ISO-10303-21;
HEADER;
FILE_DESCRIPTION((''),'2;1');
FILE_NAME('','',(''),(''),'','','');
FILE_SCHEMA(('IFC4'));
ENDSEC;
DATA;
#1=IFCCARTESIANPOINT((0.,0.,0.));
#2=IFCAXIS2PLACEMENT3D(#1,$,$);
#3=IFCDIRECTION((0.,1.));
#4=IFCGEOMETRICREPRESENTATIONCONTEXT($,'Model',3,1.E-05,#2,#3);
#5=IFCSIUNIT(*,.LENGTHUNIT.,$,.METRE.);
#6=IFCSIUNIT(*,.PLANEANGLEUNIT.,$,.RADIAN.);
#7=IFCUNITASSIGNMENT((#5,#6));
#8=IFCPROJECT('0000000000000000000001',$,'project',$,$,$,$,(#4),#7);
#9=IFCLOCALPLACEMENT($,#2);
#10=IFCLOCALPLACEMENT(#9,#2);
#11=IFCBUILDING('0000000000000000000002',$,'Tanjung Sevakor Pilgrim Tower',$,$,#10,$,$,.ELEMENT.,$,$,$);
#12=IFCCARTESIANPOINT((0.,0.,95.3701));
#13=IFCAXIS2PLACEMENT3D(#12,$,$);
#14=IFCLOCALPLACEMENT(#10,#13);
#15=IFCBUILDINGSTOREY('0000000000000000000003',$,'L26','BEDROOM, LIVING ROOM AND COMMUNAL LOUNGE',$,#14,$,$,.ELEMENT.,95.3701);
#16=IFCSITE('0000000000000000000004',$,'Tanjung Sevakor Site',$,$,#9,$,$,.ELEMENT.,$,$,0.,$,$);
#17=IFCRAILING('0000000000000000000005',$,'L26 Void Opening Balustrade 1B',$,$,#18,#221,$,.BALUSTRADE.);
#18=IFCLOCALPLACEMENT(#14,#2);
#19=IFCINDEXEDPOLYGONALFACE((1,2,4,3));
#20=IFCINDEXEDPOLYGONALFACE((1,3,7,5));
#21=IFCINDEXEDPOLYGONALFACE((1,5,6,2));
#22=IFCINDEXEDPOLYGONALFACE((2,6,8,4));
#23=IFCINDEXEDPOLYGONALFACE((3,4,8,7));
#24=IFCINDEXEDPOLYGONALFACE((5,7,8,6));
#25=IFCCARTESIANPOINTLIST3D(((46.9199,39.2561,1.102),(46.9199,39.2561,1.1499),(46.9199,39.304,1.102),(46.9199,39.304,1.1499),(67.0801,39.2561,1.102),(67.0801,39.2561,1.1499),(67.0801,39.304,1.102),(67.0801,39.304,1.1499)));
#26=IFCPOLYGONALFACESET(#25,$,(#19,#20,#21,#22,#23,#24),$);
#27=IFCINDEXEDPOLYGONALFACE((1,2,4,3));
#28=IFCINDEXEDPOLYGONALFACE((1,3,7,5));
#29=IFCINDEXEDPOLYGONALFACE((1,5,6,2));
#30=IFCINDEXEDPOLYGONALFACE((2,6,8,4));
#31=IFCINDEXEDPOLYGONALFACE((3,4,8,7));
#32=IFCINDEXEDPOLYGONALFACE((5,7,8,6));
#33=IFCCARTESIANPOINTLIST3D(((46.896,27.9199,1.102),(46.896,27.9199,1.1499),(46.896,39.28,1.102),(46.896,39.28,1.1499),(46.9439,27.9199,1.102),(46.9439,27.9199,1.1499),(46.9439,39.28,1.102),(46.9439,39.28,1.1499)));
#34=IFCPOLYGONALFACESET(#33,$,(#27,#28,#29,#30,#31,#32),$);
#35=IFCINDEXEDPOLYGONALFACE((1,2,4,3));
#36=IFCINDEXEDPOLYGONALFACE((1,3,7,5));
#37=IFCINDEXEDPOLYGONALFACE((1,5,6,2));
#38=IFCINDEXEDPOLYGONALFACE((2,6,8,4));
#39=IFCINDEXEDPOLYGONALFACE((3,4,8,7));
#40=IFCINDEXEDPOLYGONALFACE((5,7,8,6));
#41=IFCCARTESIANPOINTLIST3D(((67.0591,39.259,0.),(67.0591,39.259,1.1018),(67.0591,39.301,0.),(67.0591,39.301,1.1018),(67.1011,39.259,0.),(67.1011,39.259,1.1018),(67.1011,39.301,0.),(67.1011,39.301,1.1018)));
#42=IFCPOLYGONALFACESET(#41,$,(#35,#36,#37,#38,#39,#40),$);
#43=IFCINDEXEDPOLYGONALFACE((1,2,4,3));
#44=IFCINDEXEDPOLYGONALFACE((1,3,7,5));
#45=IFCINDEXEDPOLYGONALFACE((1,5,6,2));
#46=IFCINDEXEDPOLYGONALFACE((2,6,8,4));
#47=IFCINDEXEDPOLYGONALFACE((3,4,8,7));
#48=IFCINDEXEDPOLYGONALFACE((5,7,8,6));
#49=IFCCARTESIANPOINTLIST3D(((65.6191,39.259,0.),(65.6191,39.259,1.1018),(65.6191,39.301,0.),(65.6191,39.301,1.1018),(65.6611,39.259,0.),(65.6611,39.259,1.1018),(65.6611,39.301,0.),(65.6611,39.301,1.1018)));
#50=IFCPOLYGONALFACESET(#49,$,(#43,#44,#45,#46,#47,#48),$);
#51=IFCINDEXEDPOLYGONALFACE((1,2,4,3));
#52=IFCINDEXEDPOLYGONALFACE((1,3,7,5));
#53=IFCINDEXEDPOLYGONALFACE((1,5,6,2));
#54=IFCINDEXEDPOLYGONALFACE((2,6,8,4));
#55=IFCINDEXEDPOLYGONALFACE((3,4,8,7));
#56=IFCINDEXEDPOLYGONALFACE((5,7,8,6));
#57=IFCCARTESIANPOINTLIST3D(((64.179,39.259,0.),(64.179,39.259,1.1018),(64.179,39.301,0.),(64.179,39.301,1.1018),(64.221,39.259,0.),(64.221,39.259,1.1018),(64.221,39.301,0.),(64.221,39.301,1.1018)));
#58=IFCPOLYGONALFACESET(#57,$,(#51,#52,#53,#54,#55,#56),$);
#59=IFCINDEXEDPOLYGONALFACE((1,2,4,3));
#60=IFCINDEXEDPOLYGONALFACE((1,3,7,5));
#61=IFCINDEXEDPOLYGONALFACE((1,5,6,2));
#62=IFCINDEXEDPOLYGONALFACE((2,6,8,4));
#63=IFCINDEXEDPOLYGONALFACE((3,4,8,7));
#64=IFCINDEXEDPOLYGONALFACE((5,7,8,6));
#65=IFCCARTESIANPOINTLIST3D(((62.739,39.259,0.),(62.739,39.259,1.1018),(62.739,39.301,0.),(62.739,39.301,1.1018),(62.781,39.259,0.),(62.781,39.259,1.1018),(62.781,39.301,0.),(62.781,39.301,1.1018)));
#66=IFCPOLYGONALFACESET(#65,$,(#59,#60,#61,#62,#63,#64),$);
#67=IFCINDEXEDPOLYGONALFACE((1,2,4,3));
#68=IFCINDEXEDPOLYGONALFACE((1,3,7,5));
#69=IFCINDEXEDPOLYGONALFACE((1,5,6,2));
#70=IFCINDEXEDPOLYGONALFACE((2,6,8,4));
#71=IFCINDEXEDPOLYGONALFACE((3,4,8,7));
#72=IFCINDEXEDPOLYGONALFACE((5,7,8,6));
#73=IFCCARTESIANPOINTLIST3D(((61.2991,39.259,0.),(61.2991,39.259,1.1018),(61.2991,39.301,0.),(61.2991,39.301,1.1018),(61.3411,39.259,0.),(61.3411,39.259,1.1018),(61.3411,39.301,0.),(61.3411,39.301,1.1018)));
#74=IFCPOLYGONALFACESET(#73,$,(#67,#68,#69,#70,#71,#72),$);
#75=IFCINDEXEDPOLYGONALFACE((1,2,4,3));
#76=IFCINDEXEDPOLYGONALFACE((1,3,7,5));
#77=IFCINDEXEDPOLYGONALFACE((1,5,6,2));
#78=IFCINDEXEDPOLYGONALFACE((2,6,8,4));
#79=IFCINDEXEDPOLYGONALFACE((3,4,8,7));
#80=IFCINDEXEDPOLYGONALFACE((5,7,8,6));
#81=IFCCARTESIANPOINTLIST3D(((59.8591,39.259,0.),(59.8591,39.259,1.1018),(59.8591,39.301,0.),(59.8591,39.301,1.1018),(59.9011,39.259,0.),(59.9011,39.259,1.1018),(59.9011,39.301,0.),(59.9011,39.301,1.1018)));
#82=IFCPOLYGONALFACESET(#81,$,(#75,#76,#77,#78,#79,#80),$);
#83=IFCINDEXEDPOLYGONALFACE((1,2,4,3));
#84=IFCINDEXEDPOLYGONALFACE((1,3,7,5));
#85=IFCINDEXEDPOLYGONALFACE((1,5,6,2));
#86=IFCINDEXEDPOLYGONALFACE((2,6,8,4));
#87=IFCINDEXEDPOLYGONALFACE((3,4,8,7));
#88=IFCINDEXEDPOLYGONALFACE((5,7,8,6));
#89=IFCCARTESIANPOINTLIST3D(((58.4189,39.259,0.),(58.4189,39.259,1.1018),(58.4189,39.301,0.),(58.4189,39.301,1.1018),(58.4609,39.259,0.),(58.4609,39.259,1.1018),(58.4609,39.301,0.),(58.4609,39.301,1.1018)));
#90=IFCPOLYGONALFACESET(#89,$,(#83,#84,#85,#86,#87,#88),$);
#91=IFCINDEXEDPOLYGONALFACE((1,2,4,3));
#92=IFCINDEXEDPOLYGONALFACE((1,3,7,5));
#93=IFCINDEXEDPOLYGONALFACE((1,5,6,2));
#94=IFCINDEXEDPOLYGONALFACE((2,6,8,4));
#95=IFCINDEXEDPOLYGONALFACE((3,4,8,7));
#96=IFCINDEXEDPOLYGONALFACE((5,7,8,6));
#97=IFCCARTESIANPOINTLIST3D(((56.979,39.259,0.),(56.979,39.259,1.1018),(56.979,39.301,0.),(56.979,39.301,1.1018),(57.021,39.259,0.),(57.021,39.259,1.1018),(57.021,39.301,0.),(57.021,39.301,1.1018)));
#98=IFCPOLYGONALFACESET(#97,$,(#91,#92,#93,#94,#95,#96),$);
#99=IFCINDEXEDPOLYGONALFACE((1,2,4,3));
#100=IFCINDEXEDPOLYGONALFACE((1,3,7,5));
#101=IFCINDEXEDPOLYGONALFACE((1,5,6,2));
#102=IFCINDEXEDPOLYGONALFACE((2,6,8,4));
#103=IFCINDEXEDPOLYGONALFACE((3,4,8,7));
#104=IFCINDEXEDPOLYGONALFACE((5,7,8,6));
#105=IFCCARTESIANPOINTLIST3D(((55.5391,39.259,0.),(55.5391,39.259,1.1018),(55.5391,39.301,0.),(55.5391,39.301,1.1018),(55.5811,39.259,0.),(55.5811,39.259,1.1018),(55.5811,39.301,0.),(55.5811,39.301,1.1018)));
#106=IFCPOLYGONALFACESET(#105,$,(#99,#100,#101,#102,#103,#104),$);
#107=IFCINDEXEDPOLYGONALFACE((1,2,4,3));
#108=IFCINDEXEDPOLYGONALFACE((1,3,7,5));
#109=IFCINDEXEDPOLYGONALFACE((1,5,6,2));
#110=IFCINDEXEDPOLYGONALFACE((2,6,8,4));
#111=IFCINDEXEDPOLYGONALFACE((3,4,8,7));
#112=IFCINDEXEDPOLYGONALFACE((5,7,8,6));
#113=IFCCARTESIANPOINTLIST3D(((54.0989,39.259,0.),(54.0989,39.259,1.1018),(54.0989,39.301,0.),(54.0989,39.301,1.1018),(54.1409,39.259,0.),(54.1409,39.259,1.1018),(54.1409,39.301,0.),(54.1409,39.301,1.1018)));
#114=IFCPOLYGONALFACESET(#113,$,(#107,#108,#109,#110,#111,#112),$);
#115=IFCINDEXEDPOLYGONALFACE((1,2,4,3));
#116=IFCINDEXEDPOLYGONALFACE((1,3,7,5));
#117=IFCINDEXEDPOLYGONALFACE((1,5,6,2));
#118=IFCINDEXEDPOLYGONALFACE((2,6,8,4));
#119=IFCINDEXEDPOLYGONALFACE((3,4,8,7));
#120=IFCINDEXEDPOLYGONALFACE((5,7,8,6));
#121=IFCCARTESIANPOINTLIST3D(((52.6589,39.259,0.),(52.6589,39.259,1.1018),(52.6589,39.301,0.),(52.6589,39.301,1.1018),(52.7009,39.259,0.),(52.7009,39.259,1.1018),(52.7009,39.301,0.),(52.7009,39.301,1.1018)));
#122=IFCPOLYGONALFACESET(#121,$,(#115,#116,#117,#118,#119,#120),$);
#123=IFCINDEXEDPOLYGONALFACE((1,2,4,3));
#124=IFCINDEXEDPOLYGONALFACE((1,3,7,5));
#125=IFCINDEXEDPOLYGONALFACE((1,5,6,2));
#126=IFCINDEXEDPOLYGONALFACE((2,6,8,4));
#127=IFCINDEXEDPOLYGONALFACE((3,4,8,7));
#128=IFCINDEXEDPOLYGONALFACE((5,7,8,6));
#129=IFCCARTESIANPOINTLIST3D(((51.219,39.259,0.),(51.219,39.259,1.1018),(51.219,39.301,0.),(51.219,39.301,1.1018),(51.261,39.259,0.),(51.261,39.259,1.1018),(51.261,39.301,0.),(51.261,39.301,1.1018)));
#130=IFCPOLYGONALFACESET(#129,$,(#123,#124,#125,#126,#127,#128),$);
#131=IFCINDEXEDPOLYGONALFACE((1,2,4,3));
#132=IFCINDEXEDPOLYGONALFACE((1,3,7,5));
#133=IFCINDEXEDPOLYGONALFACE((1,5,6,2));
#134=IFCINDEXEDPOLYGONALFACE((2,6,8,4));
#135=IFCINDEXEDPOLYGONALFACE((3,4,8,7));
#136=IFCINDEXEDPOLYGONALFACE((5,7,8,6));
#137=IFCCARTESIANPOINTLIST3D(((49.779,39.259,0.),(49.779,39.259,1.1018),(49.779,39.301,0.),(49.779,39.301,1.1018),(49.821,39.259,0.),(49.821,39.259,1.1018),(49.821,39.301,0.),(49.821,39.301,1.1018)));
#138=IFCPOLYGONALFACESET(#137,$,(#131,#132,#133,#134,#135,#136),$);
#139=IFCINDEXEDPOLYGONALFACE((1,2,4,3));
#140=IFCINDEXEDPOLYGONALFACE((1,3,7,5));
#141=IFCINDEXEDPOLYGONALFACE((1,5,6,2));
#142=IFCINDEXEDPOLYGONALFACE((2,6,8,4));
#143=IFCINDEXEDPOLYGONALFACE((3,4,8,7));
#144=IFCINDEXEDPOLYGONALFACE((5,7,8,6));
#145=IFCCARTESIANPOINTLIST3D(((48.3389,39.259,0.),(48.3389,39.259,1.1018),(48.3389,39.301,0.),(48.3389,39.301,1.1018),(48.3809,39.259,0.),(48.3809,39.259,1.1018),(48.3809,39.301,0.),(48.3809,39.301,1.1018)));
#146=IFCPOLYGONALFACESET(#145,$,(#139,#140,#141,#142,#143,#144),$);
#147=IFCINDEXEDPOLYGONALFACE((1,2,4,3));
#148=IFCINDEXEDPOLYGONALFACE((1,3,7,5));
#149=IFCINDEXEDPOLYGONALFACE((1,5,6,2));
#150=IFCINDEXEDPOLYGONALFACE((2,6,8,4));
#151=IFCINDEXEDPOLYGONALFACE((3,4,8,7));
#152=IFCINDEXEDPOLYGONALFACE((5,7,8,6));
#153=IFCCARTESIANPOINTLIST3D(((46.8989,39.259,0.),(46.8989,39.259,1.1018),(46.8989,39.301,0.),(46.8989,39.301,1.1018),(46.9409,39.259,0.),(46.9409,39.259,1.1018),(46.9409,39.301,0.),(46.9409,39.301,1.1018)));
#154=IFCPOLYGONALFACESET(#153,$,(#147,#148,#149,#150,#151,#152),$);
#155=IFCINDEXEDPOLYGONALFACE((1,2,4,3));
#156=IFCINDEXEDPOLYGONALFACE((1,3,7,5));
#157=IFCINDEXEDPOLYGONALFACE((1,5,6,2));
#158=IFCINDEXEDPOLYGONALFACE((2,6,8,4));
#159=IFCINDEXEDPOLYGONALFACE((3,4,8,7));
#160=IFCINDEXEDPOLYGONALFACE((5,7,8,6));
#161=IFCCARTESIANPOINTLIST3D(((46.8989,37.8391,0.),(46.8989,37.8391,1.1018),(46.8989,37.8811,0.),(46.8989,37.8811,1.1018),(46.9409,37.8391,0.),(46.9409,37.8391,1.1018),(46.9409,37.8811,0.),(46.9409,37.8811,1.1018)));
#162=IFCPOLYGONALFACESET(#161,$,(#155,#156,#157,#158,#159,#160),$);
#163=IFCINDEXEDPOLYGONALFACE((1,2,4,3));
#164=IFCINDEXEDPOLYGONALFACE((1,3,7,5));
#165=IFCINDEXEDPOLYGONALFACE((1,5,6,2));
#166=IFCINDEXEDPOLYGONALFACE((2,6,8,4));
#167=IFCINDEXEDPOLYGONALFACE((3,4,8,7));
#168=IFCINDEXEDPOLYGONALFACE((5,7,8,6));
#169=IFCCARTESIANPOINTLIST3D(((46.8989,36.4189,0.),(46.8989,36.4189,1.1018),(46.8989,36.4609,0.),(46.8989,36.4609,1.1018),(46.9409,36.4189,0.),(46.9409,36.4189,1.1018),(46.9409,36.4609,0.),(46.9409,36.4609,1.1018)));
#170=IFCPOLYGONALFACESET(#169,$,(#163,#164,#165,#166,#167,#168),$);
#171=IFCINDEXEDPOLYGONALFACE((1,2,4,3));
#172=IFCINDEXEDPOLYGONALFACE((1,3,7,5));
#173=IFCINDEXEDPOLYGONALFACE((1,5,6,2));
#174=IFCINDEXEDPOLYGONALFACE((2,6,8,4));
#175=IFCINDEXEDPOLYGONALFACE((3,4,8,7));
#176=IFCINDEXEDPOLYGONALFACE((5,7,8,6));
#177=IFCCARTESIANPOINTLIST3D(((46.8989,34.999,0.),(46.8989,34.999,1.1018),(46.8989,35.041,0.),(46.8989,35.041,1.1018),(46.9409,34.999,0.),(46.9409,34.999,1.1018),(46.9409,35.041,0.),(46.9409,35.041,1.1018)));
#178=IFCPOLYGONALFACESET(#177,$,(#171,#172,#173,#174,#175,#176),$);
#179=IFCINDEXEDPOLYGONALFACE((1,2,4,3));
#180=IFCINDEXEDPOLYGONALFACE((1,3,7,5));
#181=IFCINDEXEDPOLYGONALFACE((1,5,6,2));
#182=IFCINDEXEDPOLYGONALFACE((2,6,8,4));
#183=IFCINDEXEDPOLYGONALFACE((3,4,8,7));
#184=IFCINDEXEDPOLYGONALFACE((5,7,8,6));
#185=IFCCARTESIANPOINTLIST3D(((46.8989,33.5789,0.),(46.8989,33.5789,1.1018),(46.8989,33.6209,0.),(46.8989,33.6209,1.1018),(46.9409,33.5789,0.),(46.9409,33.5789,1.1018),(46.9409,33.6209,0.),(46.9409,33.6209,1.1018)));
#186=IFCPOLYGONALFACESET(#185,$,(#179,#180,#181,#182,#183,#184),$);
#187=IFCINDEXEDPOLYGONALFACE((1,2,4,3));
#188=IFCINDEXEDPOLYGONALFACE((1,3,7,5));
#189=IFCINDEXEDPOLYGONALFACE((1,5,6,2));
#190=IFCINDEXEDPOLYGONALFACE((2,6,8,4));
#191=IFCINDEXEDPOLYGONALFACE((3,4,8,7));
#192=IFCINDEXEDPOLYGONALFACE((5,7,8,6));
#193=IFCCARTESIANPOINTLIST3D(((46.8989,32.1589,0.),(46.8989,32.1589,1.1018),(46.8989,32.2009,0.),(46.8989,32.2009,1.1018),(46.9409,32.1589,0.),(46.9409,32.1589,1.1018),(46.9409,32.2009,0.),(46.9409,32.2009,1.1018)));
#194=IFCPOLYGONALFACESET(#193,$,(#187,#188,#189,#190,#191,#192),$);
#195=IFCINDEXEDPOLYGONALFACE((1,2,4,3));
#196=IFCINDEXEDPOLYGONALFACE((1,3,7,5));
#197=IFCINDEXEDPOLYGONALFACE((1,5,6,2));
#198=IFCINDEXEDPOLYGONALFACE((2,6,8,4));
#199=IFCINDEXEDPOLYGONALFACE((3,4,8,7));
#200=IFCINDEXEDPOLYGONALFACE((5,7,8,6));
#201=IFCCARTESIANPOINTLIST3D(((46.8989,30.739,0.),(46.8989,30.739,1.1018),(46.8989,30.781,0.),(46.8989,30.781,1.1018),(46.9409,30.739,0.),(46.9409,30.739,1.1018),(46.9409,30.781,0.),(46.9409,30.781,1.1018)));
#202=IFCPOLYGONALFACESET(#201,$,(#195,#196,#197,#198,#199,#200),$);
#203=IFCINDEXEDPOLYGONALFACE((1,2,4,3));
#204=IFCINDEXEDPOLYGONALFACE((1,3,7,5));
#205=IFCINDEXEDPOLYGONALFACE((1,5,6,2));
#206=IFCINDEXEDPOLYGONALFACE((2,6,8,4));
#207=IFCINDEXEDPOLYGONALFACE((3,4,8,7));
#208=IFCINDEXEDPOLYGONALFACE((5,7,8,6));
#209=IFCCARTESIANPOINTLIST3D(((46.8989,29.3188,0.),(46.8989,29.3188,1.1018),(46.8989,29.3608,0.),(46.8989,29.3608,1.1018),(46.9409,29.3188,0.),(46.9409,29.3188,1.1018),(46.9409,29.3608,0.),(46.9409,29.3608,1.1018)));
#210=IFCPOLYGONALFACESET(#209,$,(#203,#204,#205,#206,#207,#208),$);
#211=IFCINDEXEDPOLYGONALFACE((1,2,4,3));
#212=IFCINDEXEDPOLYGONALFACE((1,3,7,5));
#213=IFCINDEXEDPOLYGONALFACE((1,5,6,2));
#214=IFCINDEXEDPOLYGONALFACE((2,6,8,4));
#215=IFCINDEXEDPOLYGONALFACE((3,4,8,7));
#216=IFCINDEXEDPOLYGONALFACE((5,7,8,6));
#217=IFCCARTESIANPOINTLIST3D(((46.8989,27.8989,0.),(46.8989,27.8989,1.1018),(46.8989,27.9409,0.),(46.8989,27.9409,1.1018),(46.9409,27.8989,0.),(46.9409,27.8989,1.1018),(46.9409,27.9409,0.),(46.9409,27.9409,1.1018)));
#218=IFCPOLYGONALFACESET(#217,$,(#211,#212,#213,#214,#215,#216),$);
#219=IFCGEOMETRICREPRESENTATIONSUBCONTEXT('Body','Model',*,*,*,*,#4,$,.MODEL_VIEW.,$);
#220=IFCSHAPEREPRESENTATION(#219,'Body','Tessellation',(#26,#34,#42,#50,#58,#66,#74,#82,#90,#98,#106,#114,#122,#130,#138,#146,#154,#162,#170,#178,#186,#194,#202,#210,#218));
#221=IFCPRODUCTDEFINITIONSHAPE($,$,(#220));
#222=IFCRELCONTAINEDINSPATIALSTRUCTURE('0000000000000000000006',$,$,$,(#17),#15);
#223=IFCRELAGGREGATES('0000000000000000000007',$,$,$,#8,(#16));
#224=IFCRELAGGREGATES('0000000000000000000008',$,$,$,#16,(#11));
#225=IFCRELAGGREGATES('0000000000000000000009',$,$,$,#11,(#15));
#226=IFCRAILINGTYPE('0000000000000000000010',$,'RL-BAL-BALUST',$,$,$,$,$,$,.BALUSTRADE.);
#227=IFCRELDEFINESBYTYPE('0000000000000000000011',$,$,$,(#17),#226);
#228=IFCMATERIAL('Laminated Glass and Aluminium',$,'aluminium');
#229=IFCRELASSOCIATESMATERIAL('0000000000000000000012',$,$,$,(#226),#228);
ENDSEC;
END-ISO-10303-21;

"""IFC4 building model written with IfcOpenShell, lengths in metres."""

from ifc_helpers import new_model, si_unit, direction, frame, origin, place, context, subcontext, project, spatial, rectangle, extrude, material, type_object, element, save


model = new_model("IFC4")

# Units and contexts
model_context = context("Model", 3, precision=1e-05, world=origin(), true_north=direction((0.0, 1.0)))
body_context = subcontext(model_context, "Body", "Model", "MODEL_VIEW")
ifc_project = project(units=[si_unit("LENGTHUNIT", "METRE"), si_unit("PLANEANGLEUNIT", "RADIAN")], contexts=[model_context])

# Site, building, storey
site_placement = place(None, origin())
site = spatial("IfcSite", under=ifc_project, at=site_placement, Name="Tanjung Sevakor Site", CompositionType="ELEMENT", RefElevation=0.0)
building_placement = place(site_placement, origin())
building = spatial("IfcBuilding", under=site, at=building_placement, Name="Tanjung Sevakor Pilgrim Tower", CompositionType="ELEMENT")
storey_placement = place(building_placement, frame((0.0, 0.0, 95.3701)))
storey = spatial("IfcBuildingStorey", under=building, at=storey_placement, Name="L26", Description="BEDROOM, LIVING ROOM AND COMMUNAL LOUNGE", CompositionType="ELEMENT", Elevation=95.3701)

# Railing
ifc_material_1 = material(Name="Laminated Glass and Aluminium", Category="aluminium")
railing_type_1 = type_object("IfcRailingType", Name="RL-BAL-BALUST", PredefinedType="BALUSTRADE", material=ifc_material_1)
railing_1_placement = place(storey_placement, frame((67.0801, 39.28, 0.0)))
element("IfcRailing", 1, at=railing_1_placement, inside=storey, type_object=railing_type_1, Name="L26 Void Opening Balustrade 1B", PredefinedType="BALUSTRADE", context=body_context, shape_type="SweptSolid", body=[
    extrude(rectangle(XDim=0.0479, YDim=0.0479), frame((0.0, 0.0, 1.126), z_axis=(-1.0, 0.0, 0.0), x_axis=(0.0, -1.0, 0.0)), (0.0, 0.0, 1.0), 20.1602),
    extrude(rectangle(XDim=0.0479, YDim=0.0479), frame((-20.1602, 0.0, 1.126), z_axis=(0.0, -1.0, 0.0), x_axis=(1.0, 0.0, 0.0)), (0.0, 0.0, 1.0), 11.3601),
    extrude(rectangle(XDim=0.042, YDim=0.042), origin(), (0.0, 0.0, 1.0), 1.1018),
    extrude(rectangle(XDim=0.042, YDim=0.042), frame((-1.4399, 0.0, 0.0)), (0.0, 0.0, 1.0), 1.1018),
    extrude(rectangle(XDim=0.042, YDim=0.042), frame((-2.8801, 0.0, 0.0)), (0.0, 0.0, 1.0), 1.1018),
    extrude(rectangle(XDim=0.042, YDim=0.042), frame((-4.3201, 0.0, 0.0)), (0.0, 0.0, 1.0), 1.1018),
    extrude(rectangle(XDim=0.042, YDim=0.042), frame((-5.76, 0.0, 0.0)), (0.0, 0.0, 1.0), 1.1018),
    extrude(rectangle(XDim=0.042, YDim=0.042), frame((-7.2, 0.0, 0.0)), (0.0, 0.0, 1.0), 1.1018),
    extrude(rectangle(XDim=0.042, YDim=0.042), frame((-8.6401, 0.0, 0.0)), (0.0, 0.0, 1.0), 1.1018),
    extrude(rectangle(XDim=0.042, YDim=0.042), frame((-10.0801, 0.0, 0.0)), (0.0, 0.0, 1.0), 1.1018),
    extrude(rectangle(XDim=0.042, YDim=0.042), frame((-11.52, 0.0, 0.0)), (0.0, 0.0, 1.0), 1.1018),
    extrude(rectangle(XDim=0.042, YDim=0.042), frame((-12.9602, 0.0, 0.0)), (0.0, 0.0, 1.0), 1.1018),
    extrude(rectangle(XDim=0.042, YDim=0.042), frame((-14.4001, 0.0, 0.0)), (0.0, 0.0, 1.0), 1.1018),
    extrude(rectangle(XDim=0.042, YDim=0.042), frame((-15.8401, 0.0, 0.0)), (0.0, 0.0, 1.0), 1.1018),
    extrude(rectangle(XDim=0.042, YDim=0.042), frame((-17.28, 0.0, 0.0)), (0.0, 0.0, 1.0), 1.1018),
    extrude(rectangle(XDim=0.042, YDim=0.042), frame((-18.7202, 0.0, 0.0)), (0.0, 0.0, 1.0), 1.1018),
    extrude(rectangle(XDim=0.042, YDim=0.042), frame((-20.1602, 0.0, 0.0)), (0.0, 0.0, 1.0), 1.1018),
    extrude(rectangle(XDim=0.042, YDim=0.042), frame((-20.1602, -1.4199, 0.0)), (0.0, 0.0, 1.0), 1.1018),
    extrude(rectangle(XDim=0.042, YDim=0.042), frame((-20.1602, -2.8401, 0.0)), (0.0, 0.0, 1.0), 1.1018),
    extrude(rectangle(XDim=0.042, YDim=0.042), frame((-20.1602, -4.26, 0.0)), (0.0, 0.0, 1.0), 1.1018),
    extrude(rectangle(XDim=0.042, YDim=0.042), frame((-20.1602, -5.6802, 0.0)), (0.0, 0.0, 1.0), 1.1018),
    extrude(rectangle(XDim=0.042, YDim=0.042), frame((-20.1602, -7.1001, 0.0)), (0.0, 0.0, 1.0), 1.1018),
    extrude(rectangle(XDim=0.042, YDim=0.042), frame((-20.1602, -8.52, 0.0)), (0.0, 0.0, 1.0), 1.1018),
    extrude(rectangle(XDim=0.042, YDim=0.042), frame((-20.1602, -9.9402, 0.0)), (0.0, 0.0, 1.0), 1.1018),
    extrude(rectangle(XDim=0.042, YDim=0.042), frame((-20.1602, -11.3601, 0.0)), (0.0, 0.0, 1.0), 1.1018),
])

save(model, "model.ifc")
